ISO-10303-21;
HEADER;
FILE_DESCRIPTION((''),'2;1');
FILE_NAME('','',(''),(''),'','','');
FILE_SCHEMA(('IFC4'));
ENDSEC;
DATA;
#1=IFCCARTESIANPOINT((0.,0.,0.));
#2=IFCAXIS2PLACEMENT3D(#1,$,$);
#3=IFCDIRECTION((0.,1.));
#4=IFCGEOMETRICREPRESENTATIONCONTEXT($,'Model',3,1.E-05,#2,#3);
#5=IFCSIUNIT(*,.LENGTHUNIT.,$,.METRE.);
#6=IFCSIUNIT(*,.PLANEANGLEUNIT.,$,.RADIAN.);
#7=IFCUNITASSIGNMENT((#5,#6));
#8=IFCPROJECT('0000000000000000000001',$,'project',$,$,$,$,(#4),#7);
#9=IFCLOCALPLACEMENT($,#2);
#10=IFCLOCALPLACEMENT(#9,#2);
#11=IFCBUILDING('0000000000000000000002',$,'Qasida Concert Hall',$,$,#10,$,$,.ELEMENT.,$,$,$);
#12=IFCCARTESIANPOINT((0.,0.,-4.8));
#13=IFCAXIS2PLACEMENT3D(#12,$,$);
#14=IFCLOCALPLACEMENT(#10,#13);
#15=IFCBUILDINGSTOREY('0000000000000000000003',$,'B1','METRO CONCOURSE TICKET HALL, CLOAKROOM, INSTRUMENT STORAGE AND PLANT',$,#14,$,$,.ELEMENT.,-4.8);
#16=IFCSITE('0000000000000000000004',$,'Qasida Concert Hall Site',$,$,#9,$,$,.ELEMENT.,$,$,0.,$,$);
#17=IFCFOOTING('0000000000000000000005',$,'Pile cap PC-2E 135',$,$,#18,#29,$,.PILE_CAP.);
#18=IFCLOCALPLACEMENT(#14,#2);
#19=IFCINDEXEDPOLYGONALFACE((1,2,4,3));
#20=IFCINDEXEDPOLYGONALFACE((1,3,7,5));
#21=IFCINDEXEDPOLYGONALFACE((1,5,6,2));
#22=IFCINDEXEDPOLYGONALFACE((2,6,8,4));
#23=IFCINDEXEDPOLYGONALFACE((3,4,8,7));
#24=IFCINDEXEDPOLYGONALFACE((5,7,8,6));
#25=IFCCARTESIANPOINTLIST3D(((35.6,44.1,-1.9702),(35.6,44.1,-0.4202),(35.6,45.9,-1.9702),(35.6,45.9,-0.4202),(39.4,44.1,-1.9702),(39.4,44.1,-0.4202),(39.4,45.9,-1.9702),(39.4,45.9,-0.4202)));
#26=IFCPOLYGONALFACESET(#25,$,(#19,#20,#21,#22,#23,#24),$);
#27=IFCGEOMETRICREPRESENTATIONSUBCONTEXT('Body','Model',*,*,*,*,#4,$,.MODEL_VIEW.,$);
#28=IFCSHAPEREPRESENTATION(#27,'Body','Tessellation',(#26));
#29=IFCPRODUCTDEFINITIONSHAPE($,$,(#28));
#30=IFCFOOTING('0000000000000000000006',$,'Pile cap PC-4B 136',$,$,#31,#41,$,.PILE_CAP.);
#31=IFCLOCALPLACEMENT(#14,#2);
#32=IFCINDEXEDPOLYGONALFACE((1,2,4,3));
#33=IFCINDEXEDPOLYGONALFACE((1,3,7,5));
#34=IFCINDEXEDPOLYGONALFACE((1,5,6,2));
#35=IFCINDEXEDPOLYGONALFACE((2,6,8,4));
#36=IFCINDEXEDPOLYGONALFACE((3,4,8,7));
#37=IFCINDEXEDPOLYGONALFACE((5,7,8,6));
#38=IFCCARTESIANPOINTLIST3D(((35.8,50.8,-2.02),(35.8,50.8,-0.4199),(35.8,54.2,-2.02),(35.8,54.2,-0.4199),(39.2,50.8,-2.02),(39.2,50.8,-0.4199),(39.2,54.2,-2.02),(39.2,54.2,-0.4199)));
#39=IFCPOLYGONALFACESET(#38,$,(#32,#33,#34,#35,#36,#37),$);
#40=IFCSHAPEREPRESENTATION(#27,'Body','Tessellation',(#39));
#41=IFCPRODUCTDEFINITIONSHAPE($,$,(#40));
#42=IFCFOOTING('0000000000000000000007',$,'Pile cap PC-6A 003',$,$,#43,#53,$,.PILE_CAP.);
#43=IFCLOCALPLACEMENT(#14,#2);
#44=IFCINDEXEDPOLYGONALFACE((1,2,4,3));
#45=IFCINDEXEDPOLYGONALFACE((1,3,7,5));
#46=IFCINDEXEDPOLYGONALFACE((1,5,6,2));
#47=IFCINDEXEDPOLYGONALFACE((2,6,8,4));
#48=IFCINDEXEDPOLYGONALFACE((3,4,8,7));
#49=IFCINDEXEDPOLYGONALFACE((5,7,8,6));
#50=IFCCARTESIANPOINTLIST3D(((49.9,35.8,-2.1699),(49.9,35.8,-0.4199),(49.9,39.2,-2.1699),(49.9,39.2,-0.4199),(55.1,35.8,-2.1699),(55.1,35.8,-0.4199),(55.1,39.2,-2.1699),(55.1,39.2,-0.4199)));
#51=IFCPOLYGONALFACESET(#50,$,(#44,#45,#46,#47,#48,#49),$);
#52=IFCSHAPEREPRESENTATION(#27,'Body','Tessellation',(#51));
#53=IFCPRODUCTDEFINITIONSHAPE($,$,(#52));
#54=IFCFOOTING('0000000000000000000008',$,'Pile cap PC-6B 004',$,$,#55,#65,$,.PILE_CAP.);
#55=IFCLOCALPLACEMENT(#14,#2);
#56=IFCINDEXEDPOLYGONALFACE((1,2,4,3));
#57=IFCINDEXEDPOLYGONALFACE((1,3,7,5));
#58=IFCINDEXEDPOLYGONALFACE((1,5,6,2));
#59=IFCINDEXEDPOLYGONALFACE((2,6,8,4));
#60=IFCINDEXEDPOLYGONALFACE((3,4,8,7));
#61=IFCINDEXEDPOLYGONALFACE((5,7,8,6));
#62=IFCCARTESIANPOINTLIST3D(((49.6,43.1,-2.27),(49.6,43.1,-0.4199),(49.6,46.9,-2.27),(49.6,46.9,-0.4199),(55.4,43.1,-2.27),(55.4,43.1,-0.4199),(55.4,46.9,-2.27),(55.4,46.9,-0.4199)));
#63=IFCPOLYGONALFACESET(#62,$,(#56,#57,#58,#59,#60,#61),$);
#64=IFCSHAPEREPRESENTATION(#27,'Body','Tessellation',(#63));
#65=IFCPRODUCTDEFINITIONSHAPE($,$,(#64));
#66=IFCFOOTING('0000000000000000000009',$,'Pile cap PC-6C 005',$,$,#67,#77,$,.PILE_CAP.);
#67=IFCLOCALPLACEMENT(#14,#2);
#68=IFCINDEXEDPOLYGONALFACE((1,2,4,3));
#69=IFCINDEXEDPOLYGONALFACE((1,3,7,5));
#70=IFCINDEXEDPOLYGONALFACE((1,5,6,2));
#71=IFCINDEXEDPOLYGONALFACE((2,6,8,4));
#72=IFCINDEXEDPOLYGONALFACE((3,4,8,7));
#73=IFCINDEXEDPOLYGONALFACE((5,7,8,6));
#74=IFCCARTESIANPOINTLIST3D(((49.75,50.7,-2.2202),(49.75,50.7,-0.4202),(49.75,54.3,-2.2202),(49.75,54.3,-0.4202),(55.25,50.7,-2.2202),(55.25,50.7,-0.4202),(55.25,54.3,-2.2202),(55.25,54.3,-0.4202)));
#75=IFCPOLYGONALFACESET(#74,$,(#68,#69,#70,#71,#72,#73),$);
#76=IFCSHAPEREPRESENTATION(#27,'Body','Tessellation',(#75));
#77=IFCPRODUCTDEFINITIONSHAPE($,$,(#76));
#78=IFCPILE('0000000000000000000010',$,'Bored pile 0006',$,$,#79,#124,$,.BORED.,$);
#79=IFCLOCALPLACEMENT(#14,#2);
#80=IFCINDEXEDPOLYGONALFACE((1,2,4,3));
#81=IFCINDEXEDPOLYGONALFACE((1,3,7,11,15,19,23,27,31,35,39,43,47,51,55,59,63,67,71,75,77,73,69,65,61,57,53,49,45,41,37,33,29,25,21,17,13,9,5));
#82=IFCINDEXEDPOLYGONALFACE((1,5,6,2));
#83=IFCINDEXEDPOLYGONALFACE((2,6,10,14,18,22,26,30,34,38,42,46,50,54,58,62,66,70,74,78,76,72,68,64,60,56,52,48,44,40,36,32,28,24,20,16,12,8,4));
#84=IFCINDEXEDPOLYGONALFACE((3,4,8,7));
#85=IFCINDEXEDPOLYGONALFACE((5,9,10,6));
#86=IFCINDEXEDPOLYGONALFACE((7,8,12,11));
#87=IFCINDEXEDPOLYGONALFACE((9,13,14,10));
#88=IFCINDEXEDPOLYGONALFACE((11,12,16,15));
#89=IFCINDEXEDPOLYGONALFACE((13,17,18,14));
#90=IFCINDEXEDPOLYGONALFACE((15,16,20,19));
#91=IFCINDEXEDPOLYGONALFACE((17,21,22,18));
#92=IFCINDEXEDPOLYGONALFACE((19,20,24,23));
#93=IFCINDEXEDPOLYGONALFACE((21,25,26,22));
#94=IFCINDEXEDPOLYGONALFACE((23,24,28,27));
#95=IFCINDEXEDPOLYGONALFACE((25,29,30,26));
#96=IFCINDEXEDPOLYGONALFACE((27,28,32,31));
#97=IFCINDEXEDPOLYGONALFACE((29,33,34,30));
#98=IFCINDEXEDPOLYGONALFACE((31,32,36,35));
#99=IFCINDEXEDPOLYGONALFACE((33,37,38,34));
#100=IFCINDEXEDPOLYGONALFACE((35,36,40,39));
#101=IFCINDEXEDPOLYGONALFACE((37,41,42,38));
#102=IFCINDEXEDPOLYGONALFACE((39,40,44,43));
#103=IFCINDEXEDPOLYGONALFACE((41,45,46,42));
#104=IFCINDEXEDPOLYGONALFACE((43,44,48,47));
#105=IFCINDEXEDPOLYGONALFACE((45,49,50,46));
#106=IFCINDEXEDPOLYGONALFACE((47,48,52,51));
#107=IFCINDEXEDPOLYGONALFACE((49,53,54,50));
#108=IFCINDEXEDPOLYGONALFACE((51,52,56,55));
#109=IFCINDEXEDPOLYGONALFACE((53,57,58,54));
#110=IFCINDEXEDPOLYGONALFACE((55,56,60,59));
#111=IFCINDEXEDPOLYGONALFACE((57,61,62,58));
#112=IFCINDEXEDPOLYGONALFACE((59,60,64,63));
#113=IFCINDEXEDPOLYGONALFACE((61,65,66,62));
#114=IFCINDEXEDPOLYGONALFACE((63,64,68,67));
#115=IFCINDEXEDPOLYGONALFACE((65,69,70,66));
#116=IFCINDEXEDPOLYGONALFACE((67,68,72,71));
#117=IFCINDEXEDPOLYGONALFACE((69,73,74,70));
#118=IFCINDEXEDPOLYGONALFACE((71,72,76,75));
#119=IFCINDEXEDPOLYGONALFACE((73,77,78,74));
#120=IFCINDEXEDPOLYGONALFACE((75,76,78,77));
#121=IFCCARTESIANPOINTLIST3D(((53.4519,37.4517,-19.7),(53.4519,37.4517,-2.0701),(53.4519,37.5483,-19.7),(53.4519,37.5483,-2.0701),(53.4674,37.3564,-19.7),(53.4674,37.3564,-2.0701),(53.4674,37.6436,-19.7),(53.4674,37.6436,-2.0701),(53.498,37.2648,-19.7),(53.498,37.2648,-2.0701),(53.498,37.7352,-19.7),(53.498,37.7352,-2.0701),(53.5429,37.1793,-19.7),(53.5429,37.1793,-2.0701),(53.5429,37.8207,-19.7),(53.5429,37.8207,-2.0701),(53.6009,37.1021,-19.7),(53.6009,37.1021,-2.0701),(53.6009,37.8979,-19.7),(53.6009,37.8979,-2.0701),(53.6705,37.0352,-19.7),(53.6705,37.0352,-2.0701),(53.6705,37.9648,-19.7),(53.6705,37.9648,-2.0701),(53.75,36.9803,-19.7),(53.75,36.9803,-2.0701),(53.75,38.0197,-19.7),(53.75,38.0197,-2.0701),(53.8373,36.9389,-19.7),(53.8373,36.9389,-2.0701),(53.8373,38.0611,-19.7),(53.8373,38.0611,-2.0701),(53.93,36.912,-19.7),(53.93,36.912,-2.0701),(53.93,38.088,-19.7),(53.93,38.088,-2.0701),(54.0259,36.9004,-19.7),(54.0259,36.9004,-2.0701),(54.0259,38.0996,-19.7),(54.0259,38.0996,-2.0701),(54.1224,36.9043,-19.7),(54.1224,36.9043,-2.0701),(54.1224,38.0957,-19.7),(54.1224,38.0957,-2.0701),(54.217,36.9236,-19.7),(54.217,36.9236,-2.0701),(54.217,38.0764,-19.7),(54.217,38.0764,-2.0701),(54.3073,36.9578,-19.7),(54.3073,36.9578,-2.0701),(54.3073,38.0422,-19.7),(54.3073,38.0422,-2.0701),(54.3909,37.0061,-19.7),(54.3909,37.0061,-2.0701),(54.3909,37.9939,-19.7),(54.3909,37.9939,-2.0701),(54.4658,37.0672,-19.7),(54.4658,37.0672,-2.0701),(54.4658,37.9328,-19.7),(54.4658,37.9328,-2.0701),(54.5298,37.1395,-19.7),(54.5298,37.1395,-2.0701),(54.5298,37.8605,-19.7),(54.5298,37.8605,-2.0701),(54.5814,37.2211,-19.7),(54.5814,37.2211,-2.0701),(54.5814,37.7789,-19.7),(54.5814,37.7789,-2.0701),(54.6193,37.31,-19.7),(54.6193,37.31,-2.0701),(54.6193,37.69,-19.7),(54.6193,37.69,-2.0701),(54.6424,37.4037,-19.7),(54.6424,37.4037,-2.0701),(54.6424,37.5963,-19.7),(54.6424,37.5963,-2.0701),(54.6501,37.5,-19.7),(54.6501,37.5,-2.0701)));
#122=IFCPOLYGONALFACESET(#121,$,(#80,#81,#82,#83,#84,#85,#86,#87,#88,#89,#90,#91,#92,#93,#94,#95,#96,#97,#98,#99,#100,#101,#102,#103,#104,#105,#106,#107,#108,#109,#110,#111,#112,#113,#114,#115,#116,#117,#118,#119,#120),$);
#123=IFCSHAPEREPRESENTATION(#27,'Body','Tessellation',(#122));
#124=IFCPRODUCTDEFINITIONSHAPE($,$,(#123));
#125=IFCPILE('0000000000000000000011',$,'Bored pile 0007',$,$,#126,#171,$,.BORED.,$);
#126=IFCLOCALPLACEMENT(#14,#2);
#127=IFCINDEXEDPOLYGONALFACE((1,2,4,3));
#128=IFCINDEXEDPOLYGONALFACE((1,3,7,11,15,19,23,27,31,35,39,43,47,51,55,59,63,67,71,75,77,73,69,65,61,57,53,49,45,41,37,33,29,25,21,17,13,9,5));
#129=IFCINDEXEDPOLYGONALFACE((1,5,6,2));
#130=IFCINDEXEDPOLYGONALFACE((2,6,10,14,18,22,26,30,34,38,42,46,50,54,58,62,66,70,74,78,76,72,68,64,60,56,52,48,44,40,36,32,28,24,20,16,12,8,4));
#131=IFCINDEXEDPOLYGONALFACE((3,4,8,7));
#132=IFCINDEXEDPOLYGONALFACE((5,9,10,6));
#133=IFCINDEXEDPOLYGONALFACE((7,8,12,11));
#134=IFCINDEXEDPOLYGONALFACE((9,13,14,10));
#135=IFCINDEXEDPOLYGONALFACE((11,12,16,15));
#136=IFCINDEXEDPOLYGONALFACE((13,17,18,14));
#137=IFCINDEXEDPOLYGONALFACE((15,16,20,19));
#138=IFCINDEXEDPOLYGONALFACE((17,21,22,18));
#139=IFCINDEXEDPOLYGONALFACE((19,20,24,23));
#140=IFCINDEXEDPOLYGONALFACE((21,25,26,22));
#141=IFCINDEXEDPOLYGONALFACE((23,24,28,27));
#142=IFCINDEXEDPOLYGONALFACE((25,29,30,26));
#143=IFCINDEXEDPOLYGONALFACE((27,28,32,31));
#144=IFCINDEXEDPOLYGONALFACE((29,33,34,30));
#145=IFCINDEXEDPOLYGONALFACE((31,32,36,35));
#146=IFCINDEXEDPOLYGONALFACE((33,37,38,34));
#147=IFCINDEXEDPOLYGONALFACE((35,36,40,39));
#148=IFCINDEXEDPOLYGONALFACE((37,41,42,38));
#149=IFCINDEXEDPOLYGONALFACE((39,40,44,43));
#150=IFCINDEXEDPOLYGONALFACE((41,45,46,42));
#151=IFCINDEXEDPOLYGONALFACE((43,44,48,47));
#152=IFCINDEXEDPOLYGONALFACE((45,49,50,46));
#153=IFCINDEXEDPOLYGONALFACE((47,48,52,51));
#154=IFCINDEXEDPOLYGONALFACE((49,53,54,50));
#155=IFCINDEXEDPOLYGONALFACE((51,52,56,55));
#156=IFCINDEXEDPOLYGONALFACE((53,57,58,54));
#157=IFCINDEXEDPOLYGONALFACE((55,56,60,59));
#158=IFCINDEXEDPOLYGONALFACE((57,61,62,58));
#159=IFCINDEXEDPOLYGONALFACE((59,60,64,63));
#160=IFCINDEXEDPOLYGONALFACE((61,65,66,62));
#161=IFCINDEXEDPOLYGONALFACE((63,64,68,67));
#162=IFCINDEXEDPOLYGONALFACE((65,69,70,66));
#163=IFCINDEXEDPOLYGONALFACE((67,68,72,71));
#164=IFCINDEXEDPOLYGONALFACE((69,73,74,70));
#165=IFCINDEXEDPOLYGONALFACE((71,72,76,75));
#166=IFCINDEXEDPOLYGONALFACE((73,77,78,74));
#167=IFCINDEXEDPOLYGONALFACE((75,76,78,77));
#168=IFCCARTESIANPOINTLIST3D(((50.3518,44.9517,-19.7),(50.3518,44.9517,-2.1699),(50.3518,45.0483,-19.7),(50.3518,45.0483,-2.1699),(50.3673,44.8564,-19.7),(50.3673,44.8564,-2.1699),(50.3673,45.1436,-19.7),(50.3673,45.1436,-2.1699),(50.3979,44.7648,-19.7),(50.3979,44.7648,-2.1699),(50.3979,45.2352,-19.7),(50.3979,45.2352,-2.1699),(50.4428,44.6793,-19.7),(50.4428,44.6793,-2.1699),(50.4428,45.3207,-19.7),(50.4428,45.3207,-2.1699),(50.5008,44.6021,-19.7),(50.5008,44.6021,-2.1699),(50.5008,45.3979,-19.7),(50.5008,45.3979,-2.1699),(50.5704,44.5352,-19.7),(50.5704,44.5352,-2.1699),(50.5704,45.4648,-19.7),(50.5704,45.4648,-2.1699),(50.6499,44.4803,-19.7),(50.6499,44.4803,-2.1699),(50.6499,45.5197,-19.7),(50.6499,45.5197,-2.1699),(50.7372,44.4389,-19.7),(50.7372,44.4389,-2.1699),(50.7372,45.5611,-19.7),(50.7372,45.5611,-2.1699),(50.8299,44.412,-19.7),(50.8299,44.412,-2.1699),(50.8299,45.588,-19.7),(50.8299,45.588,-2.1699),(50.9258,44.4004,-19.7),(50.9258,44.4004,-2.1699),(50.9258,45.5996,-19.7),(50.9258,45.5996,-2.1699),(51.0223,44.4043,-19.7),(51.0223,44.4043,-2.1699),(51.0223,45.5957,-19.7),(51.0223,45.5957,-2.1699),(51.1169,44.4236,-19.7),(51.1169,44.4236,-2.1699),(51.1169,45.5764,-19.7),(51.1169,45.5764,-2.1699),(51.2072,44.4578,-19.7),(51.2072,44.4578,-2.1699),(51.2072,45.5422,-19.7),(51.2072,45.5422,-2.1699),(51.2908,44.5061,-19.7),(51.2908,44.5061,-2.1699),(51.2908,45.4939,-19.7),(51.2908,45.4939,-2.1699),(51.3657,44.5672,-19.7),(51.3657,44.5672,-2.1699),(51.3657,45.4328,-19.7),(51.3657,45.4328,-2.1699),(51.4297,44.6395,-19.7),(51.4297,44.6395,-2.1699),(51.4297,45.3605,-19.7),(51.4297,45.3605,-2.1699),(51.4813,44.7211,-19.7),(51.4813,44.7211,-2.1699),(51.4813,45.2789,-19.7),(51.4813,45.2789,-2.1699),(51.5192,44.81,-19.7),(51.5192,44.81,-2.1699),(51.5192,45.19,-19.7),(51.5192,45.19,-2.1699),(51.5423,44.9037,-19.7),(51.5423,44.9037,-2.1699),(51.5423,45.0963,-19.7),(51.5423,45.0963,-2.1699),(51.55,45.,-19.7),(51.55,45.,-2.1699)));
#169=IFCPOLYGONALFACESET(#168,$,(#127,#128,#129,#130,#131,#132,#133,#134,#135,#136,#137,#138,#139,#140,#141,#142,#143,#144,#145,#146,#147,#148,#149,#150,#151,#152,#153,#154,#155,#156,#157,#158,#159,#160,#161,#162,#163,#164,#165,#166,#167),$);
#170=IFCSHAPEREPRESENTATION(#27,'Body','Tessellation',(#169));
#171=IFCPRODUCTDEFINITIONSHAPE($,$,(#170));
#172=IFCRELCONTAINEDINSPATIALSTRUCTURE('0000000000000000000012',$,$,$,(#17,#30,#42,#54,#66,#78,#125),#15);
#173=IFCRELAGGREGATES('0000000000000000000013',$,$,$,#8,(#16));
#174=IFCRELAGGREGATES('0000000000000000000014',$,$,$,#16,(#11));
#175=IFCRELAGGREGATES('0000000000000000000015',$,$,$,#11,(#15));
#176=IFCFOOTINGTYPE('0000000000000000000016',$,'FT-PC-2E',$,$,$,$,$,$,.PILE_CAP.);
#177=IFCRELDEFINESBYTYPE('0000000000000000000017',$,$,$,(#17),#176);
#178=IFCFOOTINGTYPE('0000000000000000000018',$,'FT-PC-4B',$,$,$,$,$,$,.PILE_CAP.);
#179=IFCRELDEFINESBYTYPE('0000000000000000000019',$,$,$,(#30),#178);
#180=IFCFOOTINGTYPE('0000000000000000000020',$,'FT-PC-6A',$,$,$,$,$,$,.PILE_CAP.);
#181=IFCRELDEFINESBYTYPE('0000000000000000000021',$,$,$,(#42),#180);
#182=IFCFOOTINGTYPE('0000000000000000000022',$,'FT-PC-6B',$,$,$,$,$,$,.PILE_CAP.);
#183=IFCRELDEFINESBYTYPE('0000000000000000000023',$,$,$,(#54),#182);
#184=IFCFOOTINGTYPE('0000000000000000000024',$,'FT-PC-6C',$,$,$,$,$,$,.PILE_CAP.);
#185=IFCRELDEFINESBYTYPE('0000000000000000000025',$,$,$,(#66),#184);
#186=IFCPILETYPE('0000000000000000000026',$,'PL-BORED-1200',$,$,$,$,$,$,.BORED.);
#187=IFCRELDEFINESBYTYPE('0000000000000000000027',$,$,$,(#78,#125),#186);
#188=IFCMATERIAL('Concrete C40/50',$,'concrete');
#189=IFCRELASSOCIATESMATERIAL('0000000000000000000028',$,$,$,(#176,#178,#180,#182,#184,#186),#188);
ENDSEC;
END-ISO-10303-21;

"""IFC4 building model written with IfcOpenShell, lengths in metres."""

from ifc_helpers import new_model, si_unit, direction, frame, origin, origin_2d, place, context, subcontext, project, spatial, rectangle, circle, extrude, material, material_profile, profile_set, type_object, element, save


model = new_model("IFC4")

# Units and contexts
model_context = context("Model", 3, precision=1e-05, world=origin(), true_north=direction((0.0, 1.0)))
body_context = subcontext(model_context, "Body", "Model", "MODEL_VIEW")
ifc_project = project(units=[si_unit("LENGTHUNIT", "METRE"), si_unit("PLANEANGLEUNIT", "RADIAN")], contexts=[model_context])

# Site, building, storey
site_placement = place(None, origin())
site = spatial("IfcSite", under=ifc_project, at=site_placement, Name="Qasida Concert Hall Site", CompositionType="ELEMENT", RefElevation=0.0)
building_placement = place(site_placement, origin())
building = spatial("IfcBuilding", under=site, at=building_placement, Name="Qasida Concert Hall", CompositionType="ELEMENT")
storey_placement = place(building_placement, frame((0.0, 0.0, -4.8)))
storey = spatial("IfcBuildingStorey", under=building, at=storey_placement, Name="B1", Description="METRO CONCOURSE TICKET HALL, CLOAKROOM, INSTRUMENT STORAGE AND PLANT", CompositionType="ELEMENT", Elevation=-4.8)

# Footings
ifc_material_1 = material(Name="Concrete C40/50", Category="concrete")
footing_type_1 = type_object("IfcFootingType", Name="FT-PC-2E", PredefinedType="PILE_CAP", material=ifc_material_1)
footing_1_placement = place(storey_placement, frame((37.5, 45.0, -1.9702), z_axis=(0.0, 0.0, 1.0), x_axis=(1.0, 0.0, 0.0)))
element("IfcFooting", 1, at=footing_1_placement, inside=storey, type_object=footing_type_1, Name="Pile cap PC-2E 135", PredefinedType="PILE_CAP", context=body_context, shape_type="SweptSolid", body=[
    extrude(rectangle(XDim=3.8, YDim=1.8, at=origin_2d()), origin(), (0.0, 0.0, 1.0), 1.55),
])
footing_type_2 = type_object("IfcFootingType", Name="FT-PC-4B", PredefinedType="PILE_CAP", material=ifc_material_1)
footing_2_placement = place(storey_placement, frame((37.5, 52.5, -2.02), z_axis=(0.0, 0.0, 1.0), x_axis=(1.0, 0.0, 0.0)))
element("IfcFooting", 2, at=footing_2_placement, inside=storey, type_object=footing_type_2, Name="Pile cap PC-4B 136", PredefinedType="PILE_CAP", context=body_context, shape_type="SweptSolid", body=[
    extrude(rectangle(XDim=3.3999, YDim=3.3999, at=origin_2d()), origin(), (0.0, 0.0, 1.0), 1.6001),
])
footing_type_3 = type_object("IfcFootingType", Name="FT-PC-6A", PredefinedType="PILE_CAP", material=ifc_material_1)
footing_3_placement = place(storey_placement, frame((52.5, 37.5, -2.1699), z_axis=(0.0, 0.0, 1.0), x_axis=(1.0, 0.0, 0.0)))
element("IfcFooting", 3, at=footing_3_placement, inside=storey, type_object=footing_type_3, Name="Pile cap PC-6A 003", PredefinedType="PILE_CAP", context=body_context, shape_type="SweptSolid", body=[
    extrude(rectangle(XDim=5.2, YDim=3.3999, at=origin_2d()), origin(), (0.0, 0.0, 1.0), 1.75),
])
footing_type_4 = type_object("IfcFootingType", Name="FT-PC-6B", PredefinedType="PILE_CAP", material=ifc_material_1)
footing_4_placement = place(storey_placement, frame((52.5, 45.0, -2.27), z_axis=(0.0, 0.0, 1.0), x_axis=(1.0, 0.0, 0.0)))
element("IfcFooting", 4, at=footing_4_placement, inside=storey, type_object=footing_type_4, Name="Pile cap PC-6B 004", PredefinedType="PILE_CAP", context=body_context, shape_type="SweptSolid", body=[
    extrude(rectangle(XDim=5.8, YDim=3.8, at=origin_2d()), origin(), (0.0, 0.0, 1.0), 1.8501),
])
footing_type_5 = type_object("IfcFootingType", Name="FT-PC-6C", PredefinedType="PILE_CAP", material=ifc_material_1)
footing_5_placement = place(storey_placement, frame((52.5, 52.5, -2.2202), z_axis=(0.0, 0.0, 1.0), x_axis=(1.0, 0.0, 0.0)))
element("IfcFooting", 5, at=footing_5_placement, inside=storey, type_object=footing_type_5, Name="Pile cap PC-6C 005", PredefinedType="PILE_CAP", context=body_context, shape_type="SweptSolid", body=[
    extrude(rectangle(XDim=5.5, YDim=3.6001, at=origin_2d()), origin(), (0.0, 0.0, 1.0), 1.8),
])

# Piles
ifc_material_profile_1 = material_profile(ifc_material_1, circle(Radius=0.6001, at=origin_2d()), Name="BORED PILE D1200")
ifc_profile_set_1 = profile_set([ifc_material_profile_1], Name="Concrete C40/50")
pile_type_1 = type_object("IfcPileType", Name="PL-BORED-1200", PredefinedType="BORED", material=ifc_profile_set_1)
pile_1_placement = place(storey_placement, frame((54.05, 37.5, -2.0701), z_axis=(0.0, 0.0, -1.0), x_axis=(1.0, 0.0, 0.0)))
element("IfcPile", 6, at=pile_1_placement, inside=storey, type_object=pile_type_1, Name="Bored pile 0006", PredefinedType="BORED", context=body_context, shape_type="SweptSolid", body=[
    extrude(circle(Radius=0.6001, at=origin_2d()), origin(), (0.0, 0.0, 1.0), 17.6299),
])
for number, where, z_axis, x_axis, name in (
    (7, (50.95, 45.0, -2.1699), (0.0, 0.0, -1.0), (1.0, 0.0, 0.0), "Bored pile 0007"),
):
    element("IfcPile", number, at=place(storey_placement, frame(where, z_axis=z_axis, x_axis=x_axis)), inside=storey, type_object=pile_type_1, Name=name, PredefinedType="BORED", context=body_context, shape_type="SweptSolid", body=[
        extrude(circle(Radius=0.6001, at=origin_2d()), origin(), (0.0, 0.0, 1.0), 17.53),
    ])

save(model, "model.ifc")
